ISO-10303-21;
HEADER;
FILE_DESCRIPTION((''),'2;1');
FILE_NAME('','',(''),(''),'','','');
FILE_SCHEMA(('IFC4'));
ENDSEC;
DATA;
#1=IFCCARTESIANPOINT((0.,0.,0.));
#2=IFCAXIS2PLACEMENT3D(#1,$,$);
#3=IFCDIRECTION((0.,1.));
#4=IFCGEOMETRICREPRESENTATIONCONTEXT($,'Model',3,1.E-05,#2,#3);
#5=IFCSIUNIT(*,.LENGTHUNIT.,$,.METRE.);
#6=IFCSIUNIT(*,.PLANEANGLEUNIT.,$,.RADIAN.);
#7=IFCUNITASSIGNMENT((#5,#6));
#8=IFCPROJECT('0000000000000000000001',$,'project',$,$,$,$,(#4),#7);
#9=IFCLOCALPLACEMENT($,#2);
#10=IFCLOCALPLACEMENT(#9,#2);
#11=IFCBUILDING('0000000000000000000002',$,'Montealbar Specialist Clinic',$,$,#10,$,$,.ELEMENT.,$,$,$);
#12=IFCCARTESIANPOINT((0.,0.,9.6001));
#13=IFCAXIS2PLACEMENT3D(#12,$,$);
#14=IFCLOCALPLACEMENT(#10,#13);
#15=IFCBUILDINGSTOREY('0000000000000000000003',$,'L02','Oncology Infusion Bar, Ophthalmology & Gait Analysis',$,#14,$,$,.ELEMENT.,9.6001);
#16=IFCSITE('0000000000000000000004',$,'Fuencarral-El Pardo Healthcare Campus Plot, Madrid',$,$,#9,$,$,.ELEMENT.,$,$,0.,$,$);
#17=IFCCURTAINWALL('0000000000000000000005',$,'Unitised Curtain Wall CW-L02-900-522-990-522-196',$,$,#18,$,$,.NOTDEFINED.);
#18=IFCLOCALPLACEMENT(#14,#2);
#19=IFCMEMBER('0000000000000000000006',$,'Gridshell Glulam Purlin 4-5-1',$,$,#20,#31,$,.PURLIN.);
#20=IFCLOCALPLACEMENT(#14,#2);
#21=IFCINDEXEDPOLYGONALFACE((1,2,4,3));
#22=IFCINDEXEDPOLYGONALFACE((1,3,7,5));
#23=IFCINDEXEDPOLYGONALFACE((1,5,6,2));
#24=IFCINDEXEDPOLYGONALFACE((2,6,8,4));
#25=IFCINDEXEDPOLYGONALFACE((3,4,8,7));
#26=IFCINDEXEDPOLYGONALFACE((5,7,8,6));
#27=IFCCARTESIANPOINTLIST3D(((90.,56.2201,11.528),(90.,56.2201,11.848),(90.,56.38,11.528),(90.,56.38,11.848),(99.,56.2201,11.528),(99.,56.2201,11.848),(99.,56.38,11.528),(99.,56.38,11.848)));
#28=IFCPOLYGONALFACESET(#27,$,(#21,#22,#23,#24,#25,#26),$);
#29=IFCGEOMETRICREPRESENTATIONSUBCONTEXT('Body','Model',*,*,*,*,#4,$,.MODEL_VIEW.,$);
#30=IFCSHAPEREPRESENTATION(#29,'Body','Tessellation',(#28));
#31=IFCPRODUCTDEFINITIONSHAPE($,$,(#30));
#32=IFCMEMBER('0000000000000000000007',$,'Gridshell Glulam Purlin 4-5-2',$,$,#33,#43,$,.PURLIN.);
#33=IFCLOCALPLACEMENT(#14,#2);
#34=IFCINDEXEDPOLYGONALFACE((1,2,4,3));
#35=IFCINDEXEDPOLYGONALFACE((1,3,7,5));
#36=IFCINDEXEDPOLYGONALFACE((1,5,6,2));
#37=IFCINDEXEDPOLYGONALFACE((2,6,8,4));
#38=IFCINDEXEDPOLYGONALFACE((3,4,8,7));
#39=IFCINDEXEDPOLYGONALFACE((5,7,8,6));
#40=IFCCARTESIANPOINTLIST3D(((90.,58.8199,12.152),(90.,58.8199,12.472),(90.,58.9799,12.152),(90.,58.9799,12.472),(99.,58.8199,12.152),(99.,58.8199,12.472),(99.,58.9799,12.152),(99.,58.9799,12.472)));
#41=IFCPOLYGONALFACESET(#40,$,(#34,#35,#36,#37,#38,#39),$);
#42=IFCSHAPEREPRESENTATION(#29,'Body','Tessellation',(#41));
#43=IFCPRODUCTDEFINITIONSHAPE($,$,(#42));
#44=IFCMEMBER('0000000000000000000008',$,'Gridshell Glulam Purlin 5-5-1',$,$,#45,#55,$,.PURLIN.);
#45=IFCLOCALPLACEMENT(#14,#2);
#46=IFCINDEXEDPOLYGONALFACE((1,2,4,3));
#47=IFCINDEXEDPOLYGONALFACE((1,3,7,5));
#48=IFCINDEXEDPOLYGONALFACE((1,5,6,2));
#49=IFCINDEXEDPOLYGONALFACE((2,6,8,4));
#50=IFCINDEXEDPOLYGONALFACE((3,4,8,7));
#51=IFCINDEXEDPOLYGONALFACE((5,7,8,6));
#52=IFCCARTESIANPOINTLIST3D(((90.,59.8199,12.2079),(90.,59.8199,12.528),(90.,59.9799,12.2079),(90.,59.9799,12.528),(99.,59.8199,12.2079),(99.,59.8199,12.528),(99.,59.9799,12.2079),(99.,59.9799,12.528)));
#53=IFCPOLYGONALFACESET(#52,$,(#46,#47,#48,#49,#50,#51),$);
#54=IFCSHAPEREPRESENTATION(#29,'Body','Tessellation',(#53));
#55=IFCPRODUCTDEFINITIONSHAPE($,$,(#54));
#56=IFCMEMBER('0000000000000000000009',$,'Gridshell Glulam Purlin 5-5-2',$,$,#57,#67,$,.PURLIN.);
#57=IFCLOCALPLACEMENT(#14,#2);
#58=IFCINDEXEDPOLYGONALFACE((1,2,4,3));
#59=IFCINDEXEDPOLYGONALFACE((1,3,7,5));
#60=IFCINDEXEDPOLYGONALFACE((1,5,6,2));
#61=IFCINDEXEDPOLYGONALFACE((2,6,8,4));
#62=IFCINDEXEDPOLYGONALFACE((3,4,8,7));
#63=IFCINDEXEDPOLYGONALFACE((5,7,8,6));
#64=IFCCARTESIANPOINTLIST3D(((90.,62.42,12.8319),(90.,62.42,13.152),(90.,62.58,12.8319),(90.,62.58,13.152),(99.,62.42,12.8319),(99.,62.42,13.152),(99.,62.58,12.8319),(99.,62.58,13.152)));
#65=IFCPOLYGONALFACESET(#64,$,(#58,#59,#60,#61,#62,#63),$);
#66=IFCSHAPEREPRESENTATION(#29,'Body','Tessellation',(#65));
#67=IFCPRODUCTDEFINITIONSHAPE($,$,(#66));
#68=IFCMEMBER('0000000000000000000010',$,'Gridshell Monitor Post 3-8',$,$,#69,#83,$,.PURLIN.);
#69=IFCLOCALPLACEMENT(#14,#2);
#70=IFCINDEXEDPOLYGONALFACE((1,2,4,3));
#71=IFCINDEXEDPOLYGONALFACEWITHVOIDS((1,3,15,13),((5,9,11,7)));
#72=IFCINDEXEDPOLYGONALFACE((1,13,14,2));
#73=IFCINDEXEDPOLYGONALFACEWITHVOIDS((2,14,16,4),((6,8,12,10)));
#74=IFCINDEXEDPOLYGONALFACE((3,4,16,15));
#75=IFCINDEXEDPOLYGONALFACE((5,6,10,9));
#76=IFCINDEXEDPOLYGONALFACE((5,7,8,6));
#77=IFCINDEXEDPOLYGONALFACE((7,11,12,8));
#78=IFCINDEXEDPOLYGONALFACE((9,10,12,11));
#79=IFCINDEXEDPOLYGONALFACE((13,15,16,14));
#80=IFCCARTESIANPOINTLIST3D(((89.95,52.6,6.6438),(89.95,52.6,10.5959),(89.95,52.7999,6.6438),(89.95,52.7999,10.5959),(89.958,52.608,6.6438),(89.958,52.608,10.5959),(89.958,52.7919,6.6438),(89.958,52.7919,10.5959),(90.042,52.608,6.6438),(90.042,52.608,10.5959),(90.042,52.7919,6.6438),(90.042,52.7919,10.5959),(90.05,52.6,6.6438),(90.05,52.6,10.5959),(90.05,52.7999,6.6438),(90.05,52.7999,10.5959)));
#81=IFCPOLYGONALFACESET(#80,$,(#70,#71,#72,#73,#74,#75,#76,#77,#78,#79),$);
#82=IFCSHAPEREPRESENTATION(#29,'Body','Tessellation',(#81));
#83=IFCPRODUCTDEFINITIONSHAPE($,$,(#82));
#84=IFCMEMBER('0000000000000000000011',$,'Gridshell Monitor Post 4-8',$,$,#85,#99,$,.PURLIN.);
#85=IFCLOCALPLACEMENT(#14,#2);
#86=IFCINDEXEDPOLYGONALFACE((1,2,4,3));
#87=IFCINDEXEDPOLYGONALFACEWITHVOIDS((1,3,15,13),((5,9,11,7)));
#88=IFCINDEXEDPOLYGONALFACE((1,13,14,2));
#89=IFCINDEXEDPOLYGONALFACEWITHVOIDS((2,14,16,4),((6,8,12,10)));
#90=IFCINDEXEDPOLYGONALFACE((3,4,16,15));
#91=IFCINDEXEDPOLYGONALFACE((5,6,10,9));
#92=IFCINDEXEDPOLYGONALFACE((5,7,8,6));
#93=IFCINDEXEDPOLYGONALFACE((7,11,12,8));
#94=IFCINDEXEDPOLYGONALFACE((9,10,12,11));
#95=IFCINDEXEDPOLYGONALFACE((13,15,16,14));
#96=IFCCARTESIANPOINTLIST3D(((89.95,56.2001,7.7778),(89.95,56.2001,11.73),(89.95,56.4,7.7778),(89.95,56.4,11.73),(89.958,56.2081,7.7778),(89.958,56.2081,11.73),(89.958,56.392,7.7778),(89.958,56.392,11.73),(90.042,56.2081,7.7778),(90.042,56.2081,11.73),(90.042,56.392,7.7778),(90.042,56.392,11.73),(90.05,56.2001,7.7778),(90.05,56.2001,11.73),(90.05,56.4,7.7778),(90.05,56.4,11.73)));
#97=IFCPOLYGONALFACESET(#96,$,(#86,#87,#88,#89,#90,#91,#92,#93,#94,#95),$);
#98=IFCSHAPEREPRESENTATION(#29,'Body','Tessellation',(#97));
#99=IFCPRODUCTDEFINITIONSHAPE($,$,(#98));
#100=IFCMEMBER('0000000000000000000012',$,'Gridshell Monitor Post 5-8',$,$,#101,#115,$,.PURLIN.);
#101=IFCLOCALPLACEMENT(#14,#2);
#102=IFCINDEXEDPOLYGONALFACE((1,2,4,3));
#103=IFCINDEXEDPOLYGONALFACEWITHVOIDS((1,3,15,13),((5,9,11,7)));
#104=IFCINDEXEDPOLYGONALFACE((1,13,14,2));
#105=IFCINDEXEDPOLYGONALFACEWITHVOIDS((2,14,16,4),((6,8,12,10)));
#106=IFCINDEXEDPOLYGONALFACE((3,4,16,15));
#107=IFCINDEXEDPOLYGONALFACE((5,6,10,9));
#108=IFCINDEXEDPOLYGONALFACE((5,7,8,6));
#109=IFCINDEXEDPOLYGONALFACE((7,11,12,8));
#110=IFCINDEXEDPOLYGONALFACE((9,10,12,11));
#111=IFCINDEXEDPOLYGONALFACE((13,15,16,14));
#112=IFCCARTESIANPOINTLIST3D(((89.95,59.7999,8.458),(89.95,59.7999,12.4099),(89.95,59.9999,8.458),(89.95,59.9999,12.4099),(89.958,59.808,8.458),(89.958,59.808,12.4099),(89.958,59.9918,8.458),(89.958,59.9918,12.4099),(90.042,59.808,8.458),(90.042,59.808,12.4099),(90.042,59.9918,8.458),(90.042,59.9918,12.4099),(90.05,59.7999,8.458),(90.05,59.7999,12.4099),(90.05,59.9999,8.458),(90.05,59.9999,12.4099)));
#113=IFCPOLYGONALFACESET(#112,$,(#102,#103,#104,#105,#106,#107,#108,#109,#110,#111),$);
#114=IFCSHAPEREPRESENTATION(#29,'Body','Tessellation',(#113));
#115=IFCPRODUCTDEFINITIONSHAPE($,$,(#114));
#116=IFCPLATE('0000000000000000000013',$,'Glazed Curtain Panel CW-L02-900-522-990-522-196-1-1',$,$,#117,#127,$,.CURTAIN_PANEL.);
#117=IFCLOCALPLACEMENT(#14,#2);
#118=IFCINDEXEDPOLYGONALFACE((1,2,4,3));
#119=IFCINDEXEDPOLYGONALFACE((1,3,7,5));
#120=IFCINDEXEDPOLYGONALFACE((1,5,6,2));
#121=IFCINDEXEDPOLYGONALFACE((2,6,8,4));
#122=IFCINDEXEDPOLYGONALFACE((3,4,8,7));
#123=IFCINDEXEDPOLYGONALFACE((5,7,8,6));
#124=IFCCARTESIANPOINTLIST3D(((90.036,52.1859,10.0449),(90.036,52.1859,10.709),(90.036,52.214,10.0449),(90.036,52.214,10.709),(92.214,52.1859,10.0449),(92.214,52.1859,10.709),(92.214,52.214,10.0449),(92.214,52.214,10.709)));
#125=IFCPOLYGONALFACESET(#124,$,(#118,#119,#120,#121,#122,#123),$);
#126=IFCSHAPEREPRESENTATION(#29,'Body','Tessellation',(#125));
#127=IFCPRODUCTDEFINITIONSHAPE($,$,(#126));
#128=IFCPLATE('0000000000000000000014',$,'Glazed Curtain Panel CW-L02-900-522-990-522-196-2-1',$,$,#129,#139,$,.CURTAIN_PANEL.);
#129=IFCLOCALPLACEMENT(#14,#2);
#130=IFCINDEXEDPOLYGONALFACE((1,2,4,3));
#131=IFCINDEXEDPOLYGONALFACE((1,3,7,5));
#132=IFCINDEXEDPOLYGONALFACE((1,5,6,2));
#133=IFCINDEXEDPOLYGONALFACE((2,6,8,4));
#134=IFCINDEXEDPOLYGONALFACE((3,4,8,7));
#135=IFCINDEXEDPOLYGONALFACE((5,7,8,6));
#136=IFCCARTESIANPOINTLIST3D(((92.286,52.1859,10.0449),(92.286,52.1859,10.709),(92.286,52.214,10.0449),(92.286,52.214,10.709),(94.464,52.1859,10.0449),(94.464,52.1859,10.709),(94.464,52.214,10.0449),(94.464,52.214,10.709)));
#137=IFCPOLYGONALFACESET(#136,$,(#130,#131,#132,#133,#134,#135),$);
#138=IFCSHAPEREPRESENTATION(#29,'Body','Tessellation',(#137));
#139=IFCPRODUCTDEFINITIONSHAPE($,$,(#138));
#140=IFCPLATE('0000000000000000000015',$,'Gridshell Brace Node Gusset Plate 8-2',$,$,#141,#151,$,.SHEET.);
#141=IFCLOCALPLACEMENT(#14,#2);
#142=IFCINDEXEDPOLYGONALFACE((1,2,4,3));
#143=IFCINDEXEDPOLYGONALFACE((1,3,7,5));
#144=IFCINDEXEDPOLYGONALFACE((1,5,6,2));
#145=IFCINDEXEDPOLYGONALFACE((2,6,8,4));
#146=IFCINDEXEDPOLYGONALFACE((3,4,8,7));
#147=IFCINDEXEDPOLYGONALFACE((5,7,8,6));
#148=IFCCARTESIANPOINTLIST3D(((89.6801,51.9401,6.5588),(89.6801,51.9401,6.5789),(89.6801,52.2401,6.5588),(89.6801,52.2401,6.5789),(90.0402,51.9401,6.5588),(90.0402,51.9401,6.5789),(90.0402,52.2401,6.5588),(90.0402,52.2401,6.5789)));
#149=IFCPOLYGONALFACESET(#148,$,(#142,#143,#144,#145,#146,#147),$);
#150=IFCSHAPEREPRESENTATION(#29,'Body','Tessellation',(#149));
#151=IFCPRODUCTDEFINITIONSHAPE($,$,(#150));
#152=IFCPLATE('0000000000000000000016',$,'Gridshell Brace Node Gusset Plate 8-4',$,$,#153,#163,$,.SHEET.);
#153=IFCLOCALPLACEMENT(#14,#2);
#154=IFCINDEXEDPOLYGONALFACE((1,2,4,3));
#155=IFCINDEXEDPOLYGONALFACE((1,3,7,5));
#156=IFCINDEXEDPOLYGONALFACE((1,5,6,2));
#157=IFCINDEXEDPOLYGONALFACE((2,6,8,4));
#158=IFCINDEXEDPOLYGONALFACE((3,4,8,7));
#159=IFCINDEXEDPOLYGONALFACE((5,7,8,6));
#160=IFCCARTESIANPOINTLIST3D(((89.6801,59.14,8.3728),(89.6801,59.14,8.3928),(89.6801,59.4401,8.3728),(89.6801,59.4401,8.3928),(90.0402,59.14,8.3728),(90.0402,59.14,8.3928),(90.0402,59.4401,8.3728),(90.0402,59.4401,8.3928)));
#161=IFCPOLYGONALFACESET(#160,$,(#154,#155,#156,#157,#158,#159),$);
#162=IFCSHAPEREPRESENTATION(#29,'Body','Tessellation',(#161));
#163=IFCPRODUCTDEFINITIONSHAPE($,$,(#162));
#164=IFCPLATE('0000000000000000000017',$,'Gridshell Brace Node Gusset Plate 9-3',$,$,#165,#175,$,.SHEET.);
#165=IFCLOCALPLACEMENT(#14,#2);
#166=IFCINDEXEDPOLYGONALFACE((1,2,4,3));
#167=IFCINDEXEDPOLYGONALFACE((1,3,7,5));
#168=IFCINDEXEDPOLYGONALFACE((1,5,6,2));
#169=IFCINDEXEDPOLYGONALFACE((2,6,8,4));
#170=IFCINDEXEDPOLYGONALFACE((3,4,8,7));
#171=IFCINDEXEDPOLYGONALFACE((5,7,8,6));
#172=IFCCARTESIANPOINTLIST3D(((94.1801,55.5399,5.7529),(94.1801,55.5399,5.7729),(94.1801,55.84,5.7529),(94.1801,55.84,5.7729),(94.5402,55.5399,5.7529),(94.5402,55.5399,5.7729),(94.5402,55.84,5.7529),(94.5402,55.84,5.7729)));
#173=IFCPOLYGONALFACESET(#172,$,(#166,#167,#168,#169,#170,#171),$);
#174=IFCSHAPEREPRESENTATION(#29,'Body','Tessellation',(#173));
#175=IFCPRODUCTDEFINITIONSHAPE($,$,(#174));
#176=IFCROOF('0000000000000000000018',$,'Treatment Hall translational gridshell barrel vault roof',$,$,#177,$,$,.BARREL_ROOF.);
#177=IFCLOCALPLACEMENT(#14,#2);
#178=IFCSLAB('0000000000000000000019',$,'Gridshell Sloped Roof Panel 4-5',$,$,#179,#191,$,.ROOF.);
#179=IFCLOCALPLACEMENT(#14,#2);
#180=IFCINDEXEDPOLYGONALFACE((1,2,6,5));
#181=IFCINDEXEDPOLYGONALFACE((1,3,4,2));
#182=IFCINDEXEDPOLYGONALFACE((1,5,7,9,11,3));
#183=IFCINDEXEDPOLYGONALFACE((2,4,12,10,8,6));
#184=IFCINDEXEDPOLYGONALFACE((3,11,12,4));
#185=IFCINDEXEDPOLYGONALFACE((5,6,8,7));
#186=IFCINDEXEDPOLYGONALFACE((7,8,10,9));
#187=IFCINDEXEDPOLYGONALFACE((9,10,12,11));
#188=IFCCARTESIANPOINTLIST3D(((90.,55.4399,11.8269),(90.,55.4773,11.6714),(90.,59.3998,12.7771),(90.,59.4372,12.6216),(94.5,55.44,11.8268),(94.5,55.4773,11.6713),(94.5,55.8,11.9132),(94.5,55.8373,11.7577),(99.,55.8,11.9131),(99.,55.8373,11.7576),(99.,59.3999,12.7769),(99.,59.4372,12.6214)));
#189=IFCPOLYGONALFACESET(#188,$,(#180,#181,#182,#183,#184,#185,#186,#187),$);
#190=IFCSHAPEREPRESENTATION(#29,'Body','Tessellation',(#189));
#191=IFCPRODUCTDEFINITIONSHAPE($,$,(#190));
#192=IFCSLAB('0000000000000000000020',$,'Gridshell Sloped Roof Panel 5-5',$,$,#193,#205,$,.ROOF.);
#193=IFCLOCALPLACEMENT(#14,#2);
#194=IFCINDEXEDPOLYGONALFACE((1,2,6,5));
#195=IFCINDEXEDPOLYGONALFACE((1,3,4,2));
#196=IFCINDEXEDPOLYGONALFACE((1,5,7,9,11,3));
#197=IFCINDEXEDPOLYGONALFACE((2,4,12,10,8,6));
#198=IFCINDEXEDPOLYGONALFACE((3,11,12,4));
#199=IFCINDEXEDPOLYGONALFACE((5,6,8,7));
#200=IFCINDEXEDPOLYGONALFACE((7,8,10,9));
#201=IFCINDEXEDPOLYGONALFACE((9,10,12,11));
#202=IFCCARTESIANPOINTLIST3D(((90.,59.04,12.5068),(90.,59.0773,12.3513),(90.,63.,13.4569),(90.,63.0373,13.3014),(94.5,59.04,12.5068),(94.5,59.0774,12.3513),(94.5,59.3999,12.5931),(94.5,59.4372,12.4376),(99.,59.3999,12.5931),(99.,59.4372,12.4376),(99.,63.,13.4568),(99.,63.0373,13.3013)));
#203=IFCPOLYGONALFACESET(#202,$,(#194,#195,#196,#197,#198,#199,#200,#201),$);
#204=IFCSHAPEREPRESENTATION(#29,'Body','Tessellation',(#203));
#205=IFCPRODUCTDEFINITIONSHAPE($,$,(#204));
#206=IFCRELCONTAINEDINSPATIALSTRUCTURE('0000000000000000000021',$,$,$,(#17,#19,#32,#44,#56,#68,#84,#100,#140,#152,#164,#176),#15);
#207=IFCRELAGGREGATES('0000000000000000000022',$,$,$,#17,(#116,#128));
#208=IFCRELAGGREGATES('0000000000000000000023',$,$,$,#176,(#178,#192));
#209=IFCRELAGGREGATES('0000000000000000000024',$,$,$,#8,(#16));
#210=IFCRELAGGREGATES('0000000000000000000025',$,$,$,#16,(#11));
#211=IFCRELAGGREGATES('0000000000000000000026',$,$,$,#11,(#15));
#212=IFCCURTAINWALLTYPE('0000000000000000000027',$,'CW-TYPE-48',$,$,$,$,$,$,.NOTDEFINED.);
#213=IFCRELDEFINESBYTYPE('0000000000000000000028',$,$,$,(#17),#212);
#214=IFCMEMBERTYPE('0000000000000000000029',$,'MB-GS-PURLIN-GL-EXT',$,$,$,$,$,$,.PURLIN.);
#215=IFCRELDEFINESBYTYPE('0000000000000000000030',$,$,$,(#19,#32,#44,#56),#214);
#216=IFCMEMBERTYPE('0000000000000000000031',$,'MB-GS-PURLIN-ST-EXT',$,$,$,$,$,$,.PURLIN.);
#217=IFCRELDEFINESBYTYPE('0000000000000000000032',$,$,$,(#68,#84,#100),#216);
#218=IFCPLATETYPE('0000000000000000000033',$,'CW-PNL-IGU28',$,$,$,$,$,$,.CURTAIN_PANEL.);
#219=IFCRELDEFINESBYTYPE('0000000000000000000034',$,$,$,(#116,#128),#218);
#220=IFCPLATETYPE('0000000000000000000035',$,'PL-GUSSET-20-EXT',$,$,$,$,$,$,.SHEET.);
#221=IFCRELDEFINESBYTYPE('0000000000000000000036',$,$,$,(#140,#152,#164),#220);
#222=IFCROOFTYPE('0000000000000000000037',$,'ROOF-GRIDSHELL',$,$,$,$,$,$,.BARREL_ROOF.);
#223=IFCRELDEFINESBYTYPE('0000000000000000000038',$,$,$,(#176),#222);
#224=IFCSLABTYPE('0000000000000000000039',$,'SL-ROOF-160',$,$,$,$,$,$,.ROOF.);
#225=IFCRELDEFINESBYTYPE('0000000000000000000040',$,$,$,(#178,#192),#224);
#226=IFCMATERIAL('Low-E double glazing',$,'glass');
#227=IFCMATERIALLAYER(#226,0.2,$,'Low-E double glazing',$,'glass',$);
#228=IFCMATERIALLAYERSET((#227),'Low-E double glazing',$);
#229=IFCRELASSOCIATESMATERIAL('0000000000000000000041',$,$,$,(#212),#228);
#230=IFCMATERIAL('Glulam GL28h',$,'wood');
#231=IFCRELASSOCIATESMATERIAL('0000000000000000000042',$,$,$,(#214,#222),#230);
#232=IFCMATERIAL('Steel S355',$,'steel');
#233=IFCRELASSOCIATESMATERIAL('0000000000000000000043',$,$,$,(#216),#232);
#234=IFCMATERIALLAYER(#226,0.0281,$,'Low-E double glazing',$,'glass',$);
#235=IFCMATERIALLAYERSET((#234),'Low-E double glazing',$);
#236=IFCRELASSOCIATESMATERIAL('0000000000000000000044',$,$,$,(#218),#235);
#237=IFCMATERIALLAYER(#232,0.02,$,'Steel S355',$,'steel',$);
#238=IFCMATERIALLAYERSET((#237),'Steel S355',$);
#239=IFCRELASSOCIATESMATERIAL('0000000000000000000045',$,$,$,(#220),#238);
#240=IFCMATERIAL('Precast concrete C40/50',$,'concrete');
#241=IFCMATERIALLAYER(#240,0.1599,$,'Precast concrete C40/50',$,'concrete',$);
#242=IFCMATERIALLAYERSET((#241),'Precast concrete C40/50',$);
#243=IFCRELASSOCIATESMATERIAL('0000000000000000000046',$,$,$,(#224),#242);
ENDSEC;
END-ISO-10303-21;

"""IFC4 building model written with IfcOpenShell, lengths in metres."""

from ifc_helpers import new_model, si_unit, direction, frame, origin, origin_2d, place, context, subcontext, project, spatial, polyline, rectangle, hollow_rectangle, outline, extrude, material, layer, layer_set, material_profile, profile_set, type_object, element, aggregate, save


model = new_model("IFC4")

# Units and contexts
model_context = context("Model", 3, precision=1e-05, world=origin(), true_north=direction((0.0, 1.0)))
body_context = subcontext(model_context, "Body", "Model", "MODEL_VIEW")
ifc_project = project(units=[si_unit("LENGTHUNIT", "METRE"), si_unit("PLANEANGLEUNIT", "RADIAN")], contexts=[model_context])

# Site, building, storey
site_placement = place(None, origin())
site = spatial("IfcSite", under=ifc_project, at=site_placement, Name="Fuencarral-El Pardo Healthcare Campus Plot, Madrid", CompositionType="ELEMENT", RefElevation=0.0)
building_placement = place(site_placement, origin())
building = spatial("IfcBuilding", under=site, at=building_placement, Name="Montealbar Specialist Clinic", CompositionType="ELEMENT")
storey_placement = place(building_placement, frame((0.0, 0.0, 9.6001)))
storey = spatial("IfcBuildingStorey", under=building, at=storey_placement, Name="L02", Description="Oncology Infusion Bar, Ophthalmology & Gait Analysis", CompositionType="ELEMENT", Elevation=9.6001)

# Shared definitions
ifc_material_1 = material(Name="Steel S355", Category="steel")
ifc_material_2 = material(Name="Glulam GL28h", Category="wood")

# Shared definitions
ifc_material_3 = material(Name="Low-E double glazing", Category="glass")
ifc_layer_1 = layer(ifc_material_3, 0.2, Name="Low-E double glazing", Category="glass")
ifc_layer_set_1 = layer_set([ifc_layer_1], Name="Low-E double glazing")
curtain_wall_type = type_object("IfcCurtainWallType", Name="CW-TYPE-48", PredefinedType="NOTDEFINED", material=ifc_layer_set_1)

# Curtain wall
curtain_wall_1_placement = place(storey_placement, origin())
curtain_wall_1 = element("IfcCurtainWall", 1, at=curtain_wall_1_placement, inside=storey, type_object=curtain_wall_type, Name="Unitised Curtain Wall CW-L02-900-522-990-522-196", PredefinedType="NOTDEFINED")

# Members
ifc_material_profile_1 = material_profile(ifc_material_2, rectangle(XDim=0.1599, YDim=0.3201, at=origin_2d()), Name="GL28h 160x320", Category="wood")
ifc_profile_set_1 = profile_set([ifc_material_profile_1], Name="Glulam GL28h")
member_type_1 = type_object("IfcMemberType", Name="MB-GS-PURLIN-GL-EXT", PredefinedType="PURLIN", material=ifc_profile_set_1)
for number, where, z_axis, x_axis, name in (
    (2, (90.0, 56.3, 11.688), (1.0, 0.0, 0.0), (0.0, 1.0, 0.0), "Gridshell Glulam Purlin 4-5-1"),
    (3, (90.0, 58.8999, 12.312), (1.0, 0.0, 0.0), (0.0, 1.0, 0.0), "Gridshell Glulam Purlin 4-5-2"),
    (4, (90.0, 59.8999, 12.3679), (1.0, 0.0, 0.0), (0.0, 1.0, 0.0), "Gridshell Glulam Purlin 5-5-1"),
    (5, (90.0, 62.5, 12.9919), (1.0, 0.0, 0.0), (0.0, 1.0, 0.0), "Gridshell Glulam Purlin 5-5-2"),
):
    element("IfcMember", number, at=place(storey_placement, frame(where, z_axis=z_axis, x_axis=x_axis)), inside=storey, type_object=member_type_1, Name=name, PredefinedType="PURLIN", context=body_context, shape_type="SweptSolid", body=[
        extrude(rectangle(XDim=0.1599, YDim=0.3201, at=origin_2d()), origin(), (0.0, 0.0, 1.0), 9.0),
    ])
ifc_material_profile_2 = material_profile(ifc_material_1, hollow_rectangle(XDim=0.1001, YDim=0.2, WallThickness=0.0081, at=origin_2d()), Name="RHS 200x100x8", Category="steel")
ifc_profile_set_2 = profile_set([ifc_material_profile_2], Name="Steel S355")
member_type_2 = type_object("IfcMemberType", Name="MB-GS-PURLIN-ST-EXT", PredefinedType="PURLIN", material=ifc_profile_set_2)
for number, where, z_axis, x_axis, name in (
    (6, (90.0, 52.7, 6.6438), (0.0, 0.0, 1.0), (1.0, 0.0, 0.0), "Gridshell Monitor Post 3-8"),
    (7, (90.0, 56.3, 7.7778), (0.0, 0.0, 1.0), (1.0, 0.0, 0.0), "Gridshell Monitor Post 4-8"),
):
    element("IfcMember", number, at=place(storey_placement, frame(where, z_axis=z_axis, x_axis=x_axis)), inside=storey, type_object=member_type_2, Name=name, PredefinedType="PURLIN", context=body_context, shape_type="SweptSolid", body=[
        extrude(hollow_rectangle(XDim=0.1001, YDim=0.2, WallThickness=0.0081, at=origin_2d()), origin(), (0.0, 0.0, 1.0), 3.9521),
    ])
member_1_placement = place(storey_placement, frame((90.0, 59.8999, 8.458), z_axis=(0.0, 0.0, 1.0), x_axis=(1.0, 0.0, 0.0)))
element("IfcMember", 8, at=member_1_placement, inside=storey, type_object=member_type_2, Name="Gridshell Monitor Post 5-8", PredefinedType="PURLIN", context=body_context, shape_type="SweptSolid", body=[
    extrude(hollow_rectangle(XDim=0.1001, YDim=0.2, WallThickness=0.0081, at=origin_2d()), origin(), (0.0, 0.0, 1.0), 3.9519),
])

# Plates
ifc_layer_2 = layer(ifc_material_3, 0.0281, Name="Low-E double glazing", Category="glass")
ifc_layer_set_2 = layer_set([ifc_layer_2], Name="Low-E double glazing")
plate_type_1 = type_object("IfcPlateType", Name="CW-PNL-IGU28", PredefinedType="CURTAIN_PANEL", material=ifc_layer_set_2)
plate_1_placement = place(storey_placement, frame((91.125, 52.2, 10.0449), z_axis=(0.0, 0.0, 1.0), x_axis=(1.0, 0.0, 0.0)))
plate_1 = element("IfcPlate", 9, at=plate_1_placement, type_object=plate_type_1, Name="Glazed Curtain Panel CW-L02-900-522-990-522-196-1-1", PredefinedType="CURTAIN_PANEL", context=body_context, shape_type="SweptSolid", body=[
    extrude(rectangle(XDim=2.178, YDim=0.0281, at=origin_2d()), origin(), (0.0, 0.0, 1.0), 0.6641),
])
plate_2_placement = place(storey_placement, frame((93.375, 52.2, 10.0449), z_axis=(0.0, 0.0, 1.0), x_axis=(1.0, 0.0, 0.0)))
plate_2 = element("IfcPlate", 10, at=plate_2_placement, type_object=plate_type_1, Name="Glazed Curtain Panel CW-L02-900-522-990-522-196-2-1", PredefinedType="CURTAIN_PANEL", context=body_context, shape_type="SweptSolid", body=[
    extrude(rectangle(XDim=2.178, YDim=0.0281, at=origin_2d()), origin(), (0.0, 0.0, 1.0), 0.6641),
])
aggregate(curtain_wall_1, [plate_1, plate_2])

# Plates
ifc_layer_3 = layer(ifc_material_1, 0.02, Name="Steel S355", Category="steel")
ifc_layer_set_3 = layer_set([ifc_layer_3], Name="Steel S355")
plate_type_2 = type_object("IfcPlateType", Name="PL-GUSSET-20-EXT", PredefinedType="SHEET", material=ifc_layer_set_3)
for number, where, z_axis, x_axis, name in (
    (11, (89.8601, 52.0901, 6.5588), (0.0, 0.0, 1.0), (1.0, 0.0, 0.0), "Gridshell Brace Node Gusset Plate 8-2"),
    (12, (89.8601, 59.29, 8.3728), (0.0, 0.0, 1.0), (1.0, 0.0, 0.0), "Gridshell Brace Node Gusset Plate 8-4"),
    (13, (94.3601, 55.6899, 5.7529), (0.0, 0.0, 1.0), (1.0, 0.0, 0.0), "Gridshell Brace Node Gusset Plate 9-3"),
):
    element("IfcPlate", number, at=place(storey_placement, frame(where, z_axis=z_axis, x_axis=x_axis)), inside=storey, type_object=plate_type_2, Name=name, PredefinedType="SHEET", context=body_context, shape_type="SweptSolid", body=[
        extrude(rectangle(XDim=0.3601, YDim=0.3, at=origin_2d()), origin(), (0.0, 0.0, 1.0), 0.02),
    ])

# Roof, slabs
roof_type = type_object("IfcRoofType", Name="ROOF-GRIDSHELL", PredefinedType="BARREL_ROOF", material=ifc_material_2)
roof_placement = place(storey_placement, origin())
roof = element("IfcRoof", 14, at=roof_placement, inside=storey, type_object=roof_type, Name="Treatment Hall translational gridshell barrel vault roof", PredefinedType="BARREL_ROOF")
ifc_material_4 = material(Name="Precast concrete C40/50", Category="concrete")
ifc_layer_4 = layer(ifc_material_4, 0.1599, Name="Precast concrete C40/50", Category="concrete")
ifc_layer_set_4 = layer_set([ifc_layer_4], Name="Precast concrete C40/50")
slab_type = type_object("IfcSlabType", Name="SL-ROOF-160", PredefinedType="ROOF", material=ifc_layer_set_4)
slab_1_placement = place(storey_placement, frame((90.0, 55.4399, 11.8269), z_axis=(0.000025, -0.233325, 0.972399), x_axis=(1.0, 0.000006, -0.000025)))
slab_1 = element("IfcSlab", 15, at=slab_1_placement, type_object=slab_type, Name="Gridshell Sloped Roof Panel 4-5", PredefinedType="ROOF", context=body_context, shape_type="SweptSolid", body=[
    extrude(outline(polyline([(0.0, 0.0), (4.5, 0.0), (4.5, 0.3702), (9.0, 0.3702), (9.0, 4.0723), (0.0, 4.0723), (0.0, 0.0)])), origin(), (0.0, 0.0, -1.0), 0.1599),
])
slab_2_placement = place(storey_placement, frame((90.0, 59.04, 12.5068), z_axis=(0.000008, -0.233289, 0.972408), x_axis=(1.0, 0.000002, -0.000008)))
slab_2 = element("IfcSlab", 16, at=slab_2_placement, type_object=slab_type, Name="Gridshell Sloped Roof Panel 5-5", PredefinedType="ROOF", context=body_context, shape_type="SweptSolid", body=[
    extrude(outline(polyline([(0.0, 0.0), (4.5, 0.0), (4.5, 0.37), (9.0, 0.37), (9.0, 4.0723), (0.0, 4.0723), (0.0, 0.0)])), origin(), (0.0, 0.0, -1.0), 0.1599),
])
aggregate(roof, [slab_1, slab_2])

save(model, "model.ifc")
